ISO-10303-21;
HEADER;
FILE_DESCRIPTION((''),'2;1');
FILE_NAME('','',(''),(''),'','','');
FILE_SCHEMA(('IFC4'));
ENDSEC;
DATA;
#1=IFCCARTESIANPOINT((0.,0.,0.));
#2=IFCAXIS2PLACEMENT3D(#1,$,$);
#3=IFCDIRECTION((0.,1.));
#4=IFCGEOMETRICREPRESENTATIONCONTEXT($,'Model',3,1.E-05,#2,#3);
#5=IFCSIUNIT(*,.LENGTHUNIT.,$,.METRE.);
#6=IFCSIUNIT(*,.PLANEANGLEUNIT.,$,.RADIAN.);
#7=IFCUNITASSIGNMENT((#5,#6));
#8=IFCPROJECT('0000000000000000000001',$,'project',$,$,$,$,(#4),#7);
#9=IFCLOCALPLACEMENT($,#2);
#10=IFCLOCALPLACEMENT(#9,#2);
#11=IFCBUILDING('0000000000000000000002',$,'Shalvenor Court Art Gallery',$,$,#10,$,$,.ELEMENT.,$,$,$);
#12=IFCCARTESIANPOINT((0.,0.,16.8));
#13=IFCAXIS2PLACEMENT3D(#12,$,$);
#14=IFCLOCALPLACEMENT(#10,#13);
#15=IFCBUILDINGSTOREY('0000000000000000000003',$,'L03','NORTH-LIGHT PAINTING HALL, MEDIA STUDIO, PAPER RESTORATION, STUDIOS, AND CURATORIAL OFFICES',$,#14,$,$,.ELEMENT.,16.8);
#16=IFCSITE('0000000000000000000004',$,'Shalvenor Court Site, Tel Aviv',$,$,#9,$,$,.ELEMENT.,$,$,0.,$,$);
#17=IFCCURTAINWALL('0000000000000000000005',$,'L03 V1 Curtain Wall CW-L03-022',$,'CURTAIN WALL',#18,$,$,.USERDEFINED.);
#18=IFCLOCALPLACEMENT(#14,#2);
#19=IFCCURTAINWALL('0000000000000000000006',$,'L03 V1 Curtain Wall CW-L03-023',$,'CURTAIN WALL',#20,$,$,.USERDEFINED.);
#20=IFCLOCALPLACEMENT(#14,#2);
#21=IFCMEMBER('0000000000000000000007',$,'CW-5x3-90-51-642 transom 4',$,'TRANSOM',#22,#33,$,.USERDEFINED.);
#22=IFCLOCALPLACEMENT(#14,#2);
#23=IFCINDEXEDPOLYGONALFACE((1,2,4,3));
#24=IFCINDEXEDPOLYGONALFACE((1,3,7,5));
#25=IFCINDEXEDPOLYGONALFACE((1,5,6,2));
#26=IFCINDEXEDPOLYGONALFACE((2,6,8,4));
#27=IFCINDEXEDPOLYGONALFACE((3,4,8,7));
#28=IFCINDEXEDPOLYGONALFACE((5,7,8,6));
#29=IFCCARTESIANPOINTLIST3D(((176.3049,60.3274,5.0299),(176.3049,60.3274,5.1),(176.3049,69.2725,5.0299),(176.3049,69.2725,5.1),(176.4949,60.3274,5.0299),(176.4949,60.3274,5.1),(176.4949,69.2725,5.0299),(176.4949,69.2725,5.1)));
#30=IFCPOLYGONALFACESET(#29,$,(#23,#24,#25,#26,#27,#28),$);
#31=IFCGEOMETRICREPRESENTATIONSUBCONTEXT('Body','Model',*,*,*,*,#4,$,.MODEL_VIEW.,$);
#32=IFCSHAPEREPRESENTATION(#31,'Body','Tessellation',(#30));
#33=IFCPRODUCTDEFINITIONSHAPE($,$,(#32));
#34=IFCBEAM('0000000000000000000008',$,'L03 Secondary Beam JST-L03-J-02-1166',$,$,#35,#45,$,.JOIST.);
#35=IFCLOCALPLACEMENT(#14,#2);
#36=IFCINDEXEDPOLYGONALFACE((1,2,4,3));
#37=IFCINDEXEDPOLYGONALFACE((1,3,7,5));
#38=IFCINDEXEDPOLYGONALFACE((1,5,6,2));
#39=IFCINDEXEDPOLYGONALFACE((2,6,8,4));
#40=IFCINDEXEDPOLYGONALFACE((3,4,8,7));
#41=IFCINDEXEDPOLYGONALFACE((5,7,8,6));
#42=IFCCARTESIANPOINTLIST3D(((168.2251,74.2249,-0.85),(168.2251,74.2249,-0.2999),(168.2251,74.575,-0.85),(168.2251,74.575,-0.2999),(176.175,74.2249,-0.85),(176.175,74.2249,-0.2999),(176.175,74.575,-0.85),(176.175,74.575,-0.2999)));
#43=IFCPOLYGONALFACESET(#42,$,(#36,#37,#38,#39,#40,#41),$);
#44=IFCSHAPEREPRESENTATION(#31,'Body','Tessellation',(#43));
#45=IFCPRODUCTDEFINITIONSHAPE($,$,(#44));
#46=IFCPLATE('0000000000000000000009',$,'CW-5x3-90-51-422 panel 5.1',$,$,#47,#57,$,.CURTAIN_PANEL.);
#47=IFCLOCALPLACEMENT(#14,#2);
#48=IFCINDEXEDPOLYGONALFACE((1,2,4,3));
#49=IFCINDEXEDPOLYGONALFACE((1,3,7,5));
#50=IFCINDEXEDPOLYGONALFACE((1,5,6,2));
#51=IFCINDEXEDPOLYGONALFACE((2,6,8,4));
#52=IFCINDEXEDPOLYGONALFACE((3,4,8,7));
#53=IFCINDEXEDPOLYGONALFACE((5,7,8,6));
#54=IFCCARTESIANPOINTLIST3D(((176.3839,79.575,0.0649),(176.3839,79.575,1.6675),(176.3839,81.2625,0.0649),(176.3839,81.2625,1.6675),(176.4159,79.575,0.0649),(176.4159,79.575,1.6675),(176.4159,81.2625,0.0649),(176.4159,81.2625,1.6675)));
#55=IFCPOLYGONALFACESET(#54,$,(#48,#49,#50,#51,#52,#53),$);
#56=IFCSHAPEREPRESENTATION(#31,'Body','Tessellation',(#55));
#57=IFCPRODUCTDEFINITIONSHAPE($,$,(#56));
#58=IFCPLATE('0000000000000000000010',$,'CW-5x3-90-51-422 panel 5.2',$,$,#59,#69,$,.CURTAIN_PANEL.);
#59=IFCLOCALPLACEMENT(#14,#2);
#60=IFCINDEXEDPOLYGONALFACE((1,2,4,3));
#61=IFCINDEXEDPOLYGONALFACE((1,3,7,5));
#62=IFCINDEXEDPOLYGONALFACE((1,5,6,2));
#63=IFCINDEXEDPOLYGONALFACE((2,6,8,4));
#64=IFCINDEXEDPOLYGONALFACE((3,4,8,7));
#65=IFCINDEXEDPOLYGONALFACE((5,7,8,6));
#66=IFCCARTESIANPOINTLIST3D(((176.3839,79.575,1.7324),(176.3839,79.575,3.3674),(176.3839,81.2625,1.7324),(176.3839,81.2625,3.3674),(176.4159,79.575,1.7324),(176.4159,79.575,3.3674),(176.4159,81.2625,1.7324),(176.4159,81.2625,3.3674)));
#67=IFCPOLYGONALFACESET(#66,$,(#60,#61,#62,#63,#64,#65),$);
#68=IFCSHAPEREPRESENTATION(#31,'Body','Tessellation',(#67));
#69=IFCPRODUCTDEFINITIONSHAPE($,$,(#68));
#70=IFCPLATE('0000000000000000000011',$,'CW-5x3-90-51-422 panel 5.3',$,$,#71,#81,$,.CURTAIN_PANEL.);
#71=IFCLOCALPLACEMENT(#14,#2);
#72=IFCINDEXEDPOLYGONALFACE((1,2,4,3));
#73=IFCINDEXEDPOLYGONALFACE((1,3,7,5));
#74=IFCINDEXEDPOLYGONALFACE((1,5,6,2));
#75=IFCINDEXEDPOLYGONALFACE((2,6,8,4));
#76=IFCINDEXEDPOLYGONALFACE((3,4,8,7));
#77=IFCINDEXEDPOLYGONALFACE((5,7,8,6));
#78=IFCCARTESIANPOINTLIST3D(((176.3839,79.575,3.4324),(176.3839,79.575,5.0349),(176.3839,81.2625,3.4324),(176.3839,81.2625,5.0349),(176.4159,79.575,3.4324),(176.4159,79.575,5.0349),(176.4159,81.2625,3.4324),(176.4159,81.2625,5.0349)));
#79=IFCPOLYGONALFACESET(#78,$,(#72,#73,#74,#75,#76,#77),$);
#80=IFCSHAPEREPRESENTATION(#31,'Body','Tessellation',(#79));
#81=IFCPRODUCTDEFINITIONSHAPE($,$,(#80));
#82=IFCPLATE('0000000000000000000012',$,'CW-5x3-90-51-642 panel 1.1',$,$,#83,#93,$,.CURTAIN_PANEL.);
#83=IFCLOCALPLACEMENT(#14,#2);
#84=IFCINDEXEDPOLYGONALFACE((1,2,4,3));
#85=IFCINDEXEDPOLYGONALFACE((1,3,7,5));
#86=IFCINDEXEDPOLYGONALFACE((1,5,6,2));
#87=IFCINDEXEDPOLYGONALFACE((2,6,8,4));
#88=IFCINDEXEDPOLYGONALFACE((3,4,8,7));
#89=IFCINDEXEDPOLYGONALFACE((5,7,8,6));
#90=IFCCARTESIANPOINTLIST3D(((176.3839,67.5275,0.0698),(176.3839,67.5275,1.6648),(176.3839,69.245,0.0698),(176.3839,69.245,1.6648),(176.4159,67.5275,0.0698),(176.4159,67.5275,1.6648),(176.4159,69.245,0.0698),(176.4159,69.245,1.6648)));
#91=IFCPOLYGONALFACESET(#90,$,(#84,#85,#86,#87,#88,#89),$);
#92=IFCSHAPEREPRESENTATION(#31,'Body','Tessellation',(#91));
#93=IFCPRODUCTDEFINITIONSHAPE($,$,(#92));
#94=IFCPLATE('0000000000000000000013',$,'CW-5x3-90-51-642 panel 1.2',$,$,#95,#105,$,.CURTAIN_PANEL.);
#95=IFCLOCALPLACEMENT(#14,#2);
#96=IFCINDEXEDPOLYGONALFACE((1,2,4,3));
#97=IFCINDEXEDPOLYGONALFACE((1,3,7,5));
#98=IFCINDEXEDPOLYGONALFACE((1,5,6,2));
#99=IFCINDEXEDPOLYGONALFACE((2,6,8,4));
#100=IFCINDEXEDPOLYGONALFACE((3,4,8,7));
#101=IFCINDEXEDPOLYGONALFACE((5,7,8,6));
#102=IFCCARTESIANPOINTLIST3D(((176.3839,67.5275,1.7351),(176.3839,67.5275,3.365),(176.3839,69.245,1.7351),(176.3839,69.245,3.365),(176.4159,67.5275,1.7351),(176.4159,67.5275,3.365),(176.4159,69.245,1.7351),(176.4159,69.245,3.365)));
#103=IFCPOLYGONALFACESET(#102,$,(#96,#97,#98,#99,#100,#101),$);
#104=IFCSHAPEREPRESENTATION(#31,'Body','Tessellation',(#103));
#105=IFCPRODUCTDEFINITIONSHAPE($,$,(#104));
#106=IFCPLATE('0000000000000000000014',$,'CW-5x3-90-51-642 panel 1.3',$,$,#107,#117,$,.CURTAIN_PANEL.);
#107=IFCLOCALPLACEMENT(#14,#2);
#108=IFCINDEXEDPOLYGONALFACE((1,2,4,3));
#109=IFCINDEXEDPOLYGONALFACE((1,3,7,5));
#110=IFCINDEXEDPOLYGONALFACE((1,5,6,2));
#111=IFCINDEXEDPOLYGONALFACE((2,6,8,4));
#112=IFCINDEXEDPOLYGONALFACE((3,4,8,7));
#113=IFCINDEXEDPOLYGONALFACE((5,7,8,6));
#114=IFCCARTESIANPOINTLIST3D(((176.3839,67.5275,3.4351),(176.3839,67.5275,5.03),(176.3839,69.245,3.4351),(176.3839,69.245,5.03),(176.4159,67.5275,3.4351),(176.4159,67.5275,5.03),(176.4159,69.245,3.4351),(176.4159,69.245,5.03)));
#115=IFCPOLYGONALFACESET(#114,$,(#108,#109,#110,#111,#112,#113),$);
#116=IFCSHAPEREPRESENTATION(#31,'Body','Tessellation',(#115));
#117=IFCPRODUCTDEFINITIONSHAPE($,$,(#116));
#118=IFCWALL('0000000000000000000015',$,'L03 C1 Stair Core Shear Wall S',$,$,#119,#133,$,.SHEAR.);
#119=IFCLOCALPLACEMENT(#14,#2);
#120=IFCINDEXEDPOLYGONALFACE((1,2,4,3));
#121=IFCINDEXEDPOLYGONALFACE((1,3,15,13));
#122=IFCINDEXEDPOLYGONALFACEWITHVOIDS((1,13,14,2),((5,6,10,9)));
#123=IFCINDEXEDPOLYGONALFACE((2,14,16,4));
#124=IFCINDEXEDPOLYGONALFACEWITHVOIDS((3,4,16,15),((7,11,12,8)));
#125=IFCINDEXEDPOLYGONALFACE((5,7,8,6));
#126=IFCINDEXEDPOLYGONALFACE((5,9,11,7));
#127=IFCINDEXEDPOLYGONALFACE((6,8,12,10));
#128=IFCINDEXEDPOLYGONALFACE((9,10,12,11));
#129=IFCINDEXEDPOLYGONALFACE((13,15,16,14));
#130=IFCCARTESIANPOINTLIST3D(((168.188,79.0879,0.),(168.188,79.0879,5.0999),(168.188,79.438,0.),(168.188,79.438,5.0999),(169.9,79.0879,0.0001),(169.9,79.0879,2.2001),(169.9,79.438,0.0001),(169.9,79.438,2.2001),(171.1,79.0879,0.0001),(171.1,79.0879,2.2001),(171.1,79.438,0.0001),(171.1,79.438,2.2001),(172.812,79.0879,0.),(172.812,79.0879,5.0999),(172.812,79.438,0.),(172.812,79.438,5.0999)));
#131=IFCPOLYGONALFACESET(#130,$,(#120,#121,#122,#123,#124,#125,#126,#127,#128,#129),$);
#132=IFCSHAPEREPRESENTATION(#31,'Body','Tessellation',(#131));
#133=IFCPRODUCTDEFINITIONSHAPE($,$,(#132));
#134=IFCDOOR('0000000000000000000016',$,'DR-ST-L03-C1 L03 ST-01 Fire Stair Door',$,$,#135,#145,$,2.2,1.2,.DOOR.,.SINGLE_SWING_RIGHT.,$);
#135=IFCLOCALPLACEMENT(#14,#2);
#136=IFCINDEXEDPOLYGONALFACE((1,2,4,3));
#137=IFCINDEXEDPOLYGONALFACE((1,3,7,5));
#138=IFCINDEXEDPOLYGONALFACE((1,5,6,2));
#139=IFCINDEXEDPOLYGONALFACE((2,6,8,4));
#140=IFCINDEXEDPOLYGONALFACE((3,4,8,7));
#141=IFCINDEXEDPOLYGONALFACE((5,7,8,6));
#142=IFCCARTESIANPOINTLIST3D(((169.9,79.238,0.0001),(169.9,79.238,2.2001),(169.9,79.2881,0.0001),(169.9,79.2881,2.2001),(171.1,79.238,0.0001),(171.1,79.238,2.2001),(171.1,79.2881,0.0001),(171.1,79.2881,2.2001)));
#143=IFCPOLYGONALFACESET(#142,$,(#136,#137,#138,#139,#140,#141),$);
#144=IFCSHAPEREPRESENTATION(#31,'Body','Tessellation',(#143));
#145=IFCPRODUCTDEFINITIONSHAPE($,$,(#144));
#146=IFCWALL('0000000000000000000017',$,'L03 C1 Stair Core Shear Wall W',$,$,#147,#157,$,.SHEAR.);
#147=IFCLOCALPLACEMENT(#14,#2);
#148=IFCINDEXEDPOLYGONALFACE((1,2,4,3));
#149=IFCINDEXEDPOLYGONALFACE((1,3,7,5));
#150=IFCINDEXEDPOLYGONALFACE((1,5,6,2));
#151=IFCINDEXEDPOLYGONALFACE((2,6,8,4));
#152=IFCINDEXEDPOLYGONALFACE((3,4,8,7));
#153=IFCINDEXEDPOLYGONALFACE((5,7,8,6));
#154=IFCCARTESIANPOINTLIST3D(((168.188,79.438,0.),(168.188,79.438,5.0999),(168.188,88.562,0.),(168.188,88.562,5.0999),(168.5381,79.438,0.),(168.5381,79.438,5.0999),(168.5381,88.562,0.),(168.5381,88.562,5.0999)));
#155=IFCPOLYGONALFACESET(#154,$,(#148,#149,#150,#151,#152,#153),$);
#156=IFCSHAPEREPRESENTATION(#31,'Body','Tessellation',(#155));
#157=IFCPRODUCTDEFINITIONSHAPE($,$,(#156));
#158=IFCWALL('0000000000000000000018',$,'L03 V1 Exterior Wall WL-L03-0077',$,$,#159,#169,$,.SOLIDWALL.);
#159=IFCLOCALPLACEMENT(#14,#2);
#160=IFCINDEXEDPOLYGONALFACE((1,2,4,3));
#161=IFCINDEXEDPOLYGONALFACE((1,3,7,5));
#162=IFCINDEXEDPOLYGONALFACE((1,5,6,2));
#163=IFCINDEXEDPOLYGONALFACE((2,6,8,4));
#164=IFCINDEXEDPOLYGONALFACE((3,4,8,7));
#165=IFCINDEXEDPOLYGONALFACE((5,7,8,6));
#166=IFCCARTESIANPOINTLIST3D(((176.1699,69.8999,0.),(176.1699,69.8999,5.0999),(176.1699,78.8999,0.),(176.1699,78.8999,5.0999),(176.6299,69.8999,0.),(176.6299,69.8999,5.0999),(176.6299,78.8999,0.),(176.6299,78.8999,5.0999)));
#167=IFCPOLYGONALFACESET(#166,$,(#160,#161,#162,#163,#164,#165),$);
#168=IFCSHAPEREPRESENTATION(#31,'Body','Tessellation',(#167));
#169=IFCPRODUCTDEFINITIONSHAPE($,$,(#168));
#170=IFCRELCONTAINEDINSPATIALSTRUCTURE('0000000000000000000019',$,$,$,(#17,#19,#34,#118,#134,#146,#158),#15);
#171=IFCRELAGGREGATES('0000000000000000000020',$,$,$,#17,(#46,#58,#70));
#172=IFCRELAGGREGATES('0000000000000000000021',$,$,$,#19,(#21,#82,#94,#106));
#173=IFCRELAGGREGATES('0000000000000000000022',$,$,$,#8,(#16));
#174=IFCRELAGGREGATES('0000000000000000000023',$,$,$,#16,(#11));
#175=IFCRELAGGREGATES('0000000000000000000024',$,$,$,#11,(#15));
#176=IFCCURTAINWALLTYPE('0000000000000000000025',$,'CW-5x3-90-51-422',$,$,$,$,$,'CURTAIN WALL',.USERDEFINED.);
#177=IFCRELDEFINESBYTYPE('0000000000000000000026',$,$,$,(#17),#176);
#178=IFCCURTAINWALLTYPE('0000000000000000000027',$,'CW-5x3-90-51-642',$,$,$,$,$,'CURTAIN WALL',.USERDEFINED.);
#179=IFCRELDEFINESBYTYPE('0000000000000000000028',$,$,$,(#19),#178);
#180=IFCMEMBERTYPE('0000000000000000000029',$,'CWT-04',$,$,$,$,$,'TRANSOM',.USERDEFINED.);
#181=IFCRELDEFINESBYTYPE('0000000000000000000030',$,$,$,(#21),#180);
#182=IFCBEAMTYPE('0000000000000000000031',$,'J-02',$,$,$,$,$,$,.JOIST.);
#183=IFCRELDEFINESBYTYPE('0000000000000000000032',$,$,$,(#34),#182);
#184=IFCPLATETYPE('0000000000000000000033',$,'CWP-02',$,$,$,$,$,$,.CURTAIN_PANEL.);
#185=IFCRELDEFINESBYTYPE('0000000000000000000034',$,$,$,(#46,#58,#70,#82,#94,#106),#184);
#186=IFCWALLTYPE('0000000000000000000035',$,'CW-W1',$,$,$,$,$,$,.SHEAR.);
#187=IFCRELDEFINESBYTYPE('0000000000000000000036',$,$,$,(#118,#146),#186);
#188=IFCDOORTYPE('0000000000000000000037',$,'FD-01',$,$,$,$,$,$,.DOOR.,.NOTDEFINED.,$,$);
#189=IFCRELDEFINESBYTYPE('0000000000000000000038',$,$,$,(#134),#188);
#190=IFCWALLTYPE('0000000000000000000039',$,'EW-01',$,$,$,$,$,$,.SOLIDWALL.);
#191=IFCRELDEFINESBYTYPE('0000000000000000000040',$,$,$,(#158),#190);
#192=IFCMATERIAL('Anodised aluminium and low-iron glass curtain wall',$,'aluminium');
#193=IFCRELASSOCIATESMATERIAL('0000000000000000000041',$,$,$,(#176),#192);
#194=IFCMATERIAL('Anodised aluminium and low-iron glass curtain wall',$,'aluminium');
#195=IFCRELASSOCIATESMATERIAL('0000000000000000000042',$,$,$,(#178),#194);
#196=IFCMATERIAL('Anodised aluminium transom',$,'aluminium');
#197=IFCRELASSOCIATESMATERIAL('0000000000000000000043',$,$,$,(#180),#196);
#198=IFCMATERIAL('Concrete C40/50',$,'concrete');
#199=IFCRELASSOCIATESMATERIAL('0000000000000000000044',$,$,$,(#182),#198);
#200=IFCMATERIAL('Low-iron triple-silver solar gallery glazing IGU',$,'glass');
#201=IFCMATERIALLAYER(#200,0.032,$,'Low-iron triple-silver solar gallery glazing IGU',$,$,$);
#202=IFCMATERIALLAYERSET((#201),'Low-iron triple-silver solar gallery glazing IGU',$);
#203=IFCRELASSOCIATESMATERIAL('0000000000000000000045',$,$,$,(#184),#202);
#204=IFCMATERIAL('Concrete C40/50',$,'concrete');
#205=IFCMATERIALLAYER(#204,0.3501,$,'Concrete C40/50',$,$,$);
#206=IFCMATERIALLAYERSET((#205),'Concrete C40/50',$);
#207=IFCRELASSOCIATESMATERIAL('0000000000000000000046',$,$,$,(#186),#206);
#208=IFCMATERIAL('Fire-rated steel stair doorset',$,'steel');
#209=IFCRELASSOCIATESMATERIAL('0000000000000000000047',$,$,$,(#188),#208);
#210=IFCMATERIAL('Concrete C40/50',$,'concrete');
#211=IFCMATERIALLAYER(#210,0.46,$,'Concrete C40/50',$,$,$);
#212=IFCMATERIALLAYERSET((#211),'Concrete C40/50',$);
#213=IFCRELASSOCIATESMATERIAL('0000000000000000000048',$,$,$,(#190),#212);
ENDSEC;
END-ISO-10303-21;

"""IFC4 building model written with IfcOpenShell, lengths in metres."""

from ifc_helpers import new_model, si_unit, direction, frame, frame_2d, origin, origin_2d, place, context, subcontext, project, spatial, rectangle, extrude, material, layer, layer_set, material_profile, profile_set, type_object, element, fill, aggregate, save


model = new_model("IFC4")

# Units and contexts
model_context = context("Model", 3, precision=1e-05, world=origin(), true_north=direction((0.0, 1.0)))
body_context = subcontext(model_context, "Body", "Model", "MODEL_VIEW")
ifc_project = project(units=[si_unit("LENGTHUNIT", "METRE"), si_unit("PLANEANGLEUNIT", "RADIAN")], contexts=[model_context])

# Site, building, storey
site_placement = place(None, origin())
site = spatial("IfcSite", under=ifc_project, at=site_placement, Name="Shalvenor Court Site, Tel Aviv", CompositionType="ELEMENT", RefElevation=0.0)
building_placement = place(site_placement, origin())
building = spatial("IfcBuilding", under=site, at=building_placement, Name="Shalvenor Court Art Gallery", CompositionType="ELEMENT")
storey_placement = place(building_placement, frame((0.0, 0.0, 16.8)))
storey = spatial("IfcBuildingStorey", under=building, at=storey_placement, Name="L03", Description="NORTH-LIGHT PAINTING HALL, MEDIA STUDIO, PAPER RESTORATION, STUDIOS, AND CURATORIAL OFFICES", CompositionType="ELEMENT", Elevation=16.8)

# Curtain wall
ifc_material_1 = material(Name="Anodised aluminium and low-iron glass curtain wall", Category="aluminium")
curtain_wall_type_1 = type_object("IfcCurtainWallType", Name="CW-5x3-90-51-422", ElementType="CURTAIN WALL", PredefinedType="USERDEFINED", material=ifc_material_1)
curtain_wall_1_placement = place(storey_placement, origin())
curtain_wall_1 = element("IfcCurtainWall", 1, at=curtain_wall_1_placement, inside=storey, type_object=curtain_wall_type_1, Name="L03 V1 Curtain Wall CW-L03-022", ObjectType="CURTAIN WALL", PredefinedType="USERDEFINED")

# Curtain wall, member
ifc_material_2 = material(Name="Anodised aluminium and low-iron glass curtain wall", Category="aluminium")
curtain_wall_type_2 = type_object("IfcCurtainWallType", Name="CW-5x3-90-51-642", ElementType="CURTAIN WALL", PredefinedType="USERDEFINED", material=ifc_material_2)
curtain_wall_2_placement = place(storey_placement, origin())
curtain_wall_2 = element("IfcCurtainWall", 2, at=curtain_wall_2_placement, inside=storey, type_object=curtain_wall_type_2, Name="L03 V1 Curtain Wall CW-L03-023", ObjectType="CURTAIN WALL", PredefinedType="USERDEFINED")
ifc_material_3 = material(Name="Anodised aluminium transom", Category="aluminium")
ifc_material_profile_1 = material_profile(ifc_material_3, rectangle(XDim=0.1899, YDim=0.0701, at=origin_2d()), Name="CWT-04")
ifc_profile_set_1 = profile_set([ifc_material_profile_1], Name="Anodised aluminium transom")
member_type_1 = type_object("IfcMemberType", Name="CWT-04", ElementType="TRANSOM", PredefinedType="USERDEFINED", material=ifc_profile_set_1)
member_1_placement = place(storey_placement, frame((176.3999, 69.2725, 5.0649), z_axis=(0.0, -1.0, 0.0), x_axis=(1.0, 0.0, 0.0)))
member_1 = element("IfcMember", 3, at=member_1_placement, type_object=member_type_1, Name="CW-5x3-90-51-642 transom 4", ObjectType="TRANSOM", PredefinedType="USERDEFINED", context=body_context, shape_type="SweptSolid", body=[
    extrude(rectangle(XDim=0.1899, YDim=0.0701, at=origin_2d()), origin(), (0.0, 0.0, 1.0), 8.9451),
])

# Beam
ifc_material_4 = material(Name="Concrete C40/50", Category="concrete")
ifc_material_profile_2 = material_profile(ifc_material_4, rectangle(XDim=0.3501, YDim=0.55, at=origin_2d()), Name="RC 350x550")
ifc_profile_set_2 = profile_set([ifc_material_profile_2], Name="Concrete C40/50")
beam_type_1 = type_object("IfcBeamType", Name="J-02", PredefinedType="JOIST", material=ifc_profile_set_2)
beam_1_placement = place(storey_placement, frame((168.2251, 74.3999, -0.575), z_axis=(1.0, 0.0, 0.0), x_axis=(0.0, 1.0, 0.0)))
element("IfcBeam", 4, at=beam_1_placement, inside=storey, type_object=beam_type_1, Name="L03 Secondary Beam JST-L03-J-02-1166", PredefinedType="JOIST", context=body_context, shape_type="SweptSolid", body=[
    extrude(rectangle(XDim=0.3501, YDim=0.55, at=origin_2d()), origin(), (0.0, 0.0, 1.0), 7.95),
])

# Plates
ifc_material_5 = material(Name="Low-iron triple-silver solar gallery glazing IGU", Category="glass")
ifc_layer_1 = layer(ifc_material_5, 0.032, Name="Low-iron triple-silver solar gallery glazing IGU")
ifc_layer_set_1 = layer_set([ifc_layer_1], Name="Low-iron triple-silver solar gallery glazing IGU")
plate_type = type_object("IfcPlateType", Name="CWP-02", PredefinedType="CURTAIN_PANEL", material=ifc_layer_set_1)
plate_1_placement = place(storey_placement, frame((176.3999, 80.4187, 0.0649), z_axis=(0.0, 0.0, 1.0), x_axis=(0.0, -1.0, 0.0)))
plate_1 = element("IfcPlate", 5, at=plate_1_placement, type_object=plate_type, Name="CW-5x3-90-51-422 panel 5.1", PredefinedType="CURTAIN_PANEL", context=body_context, shape_type="SweptSolid", body=[
    extrude(rectangle(XDim=1.6875, YDim=0.032, at=origin_2d()), origin(), (0.0, 0.0, 1.0), 1.6025),
])
plate_2_placement = place(storey_placement, frame((176.3999, 80.4187, 1.7324), z_axis=(0.0, 0.0, 1.0), x_axis=(0.0, -1.0, 0.0)))
plate_2 = element("IfcPlate", 6, at=plate_2_placement, type_object=plate_type, Name="CW-5x3-90-51-422 panel 5.2", PredefinedType="CURTAIN_PANEL", context=body_context, shape_type="SweptSolid", body=[
    extrude(rectangle(XDim=1.6875, YDim=0.032, at=origin_2d()), origin(), (0.0, 0.0, 1.0), 1.635),
])
plate_3_placement = place(storey_placement, frame((176.3999, 80.4187, 3.4324), z_axis=(0.0, 0.0, 1.0), x_axis=(0.0, -1.0, 0.0)))
plate_3 = element("IfcPlate", 7, at=plate_3_placement, type_object=plate_type, Name="CW-5x3-90-51-422 panel 5.3", PredefinedType="CURTAIN_PANEL", context=body_context, shape_type="SweptSolid", body=[
    extrude(rectangle(XDim=1.6875, YDim=0.032, at=origin_2d()), origin(), (0.0, 0.0, 1.0), 1.6025),
])
aggregate(curtain_wall_1, [plate_1, plate_2, plate_3])
plate_4_placement = place(storey_placement, frame((176.3999, 68.3862, 0.0698), z_axis=(0.0, 0.0, 1.0), x_axis=(0.0, -1.0, 0.0)))
plate_4 = element("IfcPlate", 8, at=plate_4_placement, type_object=plate_type, Name="CW-5x3-90-51-642 panel 1.1", PredefinedType="CURTAIN_PANEL", context=body_context, shape_type="SweptSolid", body=[
    extrude(rectangle(XDim=1.7175, YDim=0.032, at=origin_2d()), origin(), (0.0, 0.0, 1.0), 1.595),
])
plate_5_placement = place(storey_placement, frame((176.3999, 68.3862, 1.7351), z_axis=(0.0, 0.0, 1.0), x_axis=(0.0, -1.0, 0.0)))
plate_5 = element("IfcPlate", 9, at=plate_5_placement, type_object=plate_type, Name="CW-5x3-90-51-642 panel 1.2", PredefinedType="CURTAIN_PANEL", context=body_context, shape_type="SweptSolid", body=[
    extrude(rectangle(XDim=1.7175, YDim=0.032, at=origin_2d()), origin(), (0.0, 0.0, 1.0), 1.6299),
])
plate_6_placement = place(storey_placement, frame((176.3999, 68.3862, 3.4351), z_axis=(0.0, 0.0, 1.0), x_axis=(0.0, -1.0, 0.0)))
plate_6 = element("IfcPlate", 10, at=plate_6_placement, type_object=plate_type, Name="CW-5x3-90-51-642 panel 1.3", PredefinedType="CURTAIN_PANEL", context=body_context, shape_type="SweptSolid", body=[
    extrude(rectangle(XDim=1.7175, YDim=0.032, at=origin_2d()), origin(), (0.0, 0.0, 1.0), 1.595),
])
aggregate(curtain_wall_2, [member_1, plate_4, plate_5, plate_6])

# Wall, opening, door
ifc_material_6 = material(Name="Concrete C40/50", Category="concrete")
ifc_layer_2 = layer(ifc_material_6, 0.3501, Name="Concrete C40/50")
ifc_layer_set_2 = layer_set([ifc_layer_2], Name="Concrete C40/50")
wall_type_1 = type_object("IfcWallType", Name="CW-W1", PredefinedType="SHEAR", material=ifc_layer_set_2)
wall_1_placement = place(storey_placement, frame((172.812, 79.2629, 0.0), z_axis=(0.0, 0.0, 1.0), x_axis=(-1.0, 0.0, 0.0)))
wall_1 = element("IfcWall", 11, at=wall_1_placement, inside=storey, type_object=wall_type_1, Name="L03 C1 Stair Core Shear Wall S", PredefinedType="SHEAR", context=body_context, shape_type="SweptSolid", body=[
    extrude(rectangle(XDim=4.624, YDim=0.3501, at=frame_2d((2.312, 0.0))), origin(), (0.0, 0.0, 1.0), 5.0999),
])
opening_1_placement = place(wall_1_placement, frame((1.7119, 0.0, 0.0)))
opening_1 = element("IfcOpeningElement", 12, at=opening_1_placement, cuts=wall_1, PredefinedType="OPENING", context=body_context, shape_type="SweptSolid", body=[
    extrude(rectangle(XDim=1.2, YDim=2.2, at=frame_2d((0.6001, 1.1001))), frame((0.0, 0.1851, 0.0), z_axis=(0.0, -1.0, 0.0), x_axis=(1.0, 0.0, 0.0)), (0.0, 0.0, 1.0), 0.3701),
])
ifc_material_7 = material(Name="Fire-rated steel stair doorset", Category="steel")
door_type_1 = type_object("IfcDoorType", Name="FD-01", OperationType="NOTDEFINED", PredefinedType="DOOR", material=ifc_material_7)
door_1_placement = place(opening_1_placement, origin())
door_1 = element("IfcDoor", 13, at=door_1_placement, inside=storey, type_object=door_type_1, Name="DR-ST-L03-C1 L03 ST-01 Fire Stair Door", OperationType="SINGLE_SWING_RIGHT", OverallHeight=2.2, OverallWidth=1.2, PredefinedType="DOOR", context=body_context, shape_type="SweptSolid", body=[
    extrude(rectangle(XDim=1.2, YDim=2.2, at=frame_2d((0.6001, 1.1001))), frame((0.0, 0.0249, 0.0), z_axis=(0.0, -1.0, 0.0), x_axis=(1.0, 0.0, 0.0)), (0.0, 0.0, 1.0), 0.05),
])
fill(opening_1, door_1)

# Walls
wall_2_placement = place(storey_placement, frame((168.363, 79.438, 0.0), z_axis=(0.0, 0.0, 1.0), x_axis=(0.0, 1.0, 0.0)))
element("IfcWall", 14, at=wall_2_placement, inside=storey, type_object=wall_type_1, Name="L03 C1 Stair Core Shear Wall W", PredefinedType="SHEAR", context=body_context, shape_type="SweptSolid", body=[
    extrude(rectangle(XDim=9.124, YDim=0.3501, at=frame_2d((4.562, 0.0))), origin(), (0.0, 0.0, 1.0), 5.0999),
])
ifc_material_8 = material(Name="Concrete C40/50", Category="concrete")
ifc_layer_3 = layer(ifc_material_8, 0.46, Name="Concrete C40/50")
ifc_layer_set_3 = layer_set([ifc_layer_3], Name="Concrete C40/50")
wall_type_2 = type_object("IfcWallType", Name="EW-01", PredefinedType="SOLIDWALL", material=ifc_layer_set_3)
wall_3_placement = place(storey_placement, frame((176.3999, 78.8999, 0.0), z_axis=(0.0, 0.0, 1.0), x_axis=(0.0, -1.0, 0.0)))
element("IfcWall", 15, at=wall_3_placement, inside=storey, type_object=wall_type_2, Name="L03 V1 Exterior Wall WL-L03-0077", PredefinedType="SOLIDWALL", context=body_context, shape_type="SweptSolid", body=[
    extrude(rectangle(XDim=9.0, YDim=0.46, at=frame_2d((4.5, 0.0))), origin(), (0.0, 0.0, 1.0), 5.0999),
])

save(model, "model.ifc")
